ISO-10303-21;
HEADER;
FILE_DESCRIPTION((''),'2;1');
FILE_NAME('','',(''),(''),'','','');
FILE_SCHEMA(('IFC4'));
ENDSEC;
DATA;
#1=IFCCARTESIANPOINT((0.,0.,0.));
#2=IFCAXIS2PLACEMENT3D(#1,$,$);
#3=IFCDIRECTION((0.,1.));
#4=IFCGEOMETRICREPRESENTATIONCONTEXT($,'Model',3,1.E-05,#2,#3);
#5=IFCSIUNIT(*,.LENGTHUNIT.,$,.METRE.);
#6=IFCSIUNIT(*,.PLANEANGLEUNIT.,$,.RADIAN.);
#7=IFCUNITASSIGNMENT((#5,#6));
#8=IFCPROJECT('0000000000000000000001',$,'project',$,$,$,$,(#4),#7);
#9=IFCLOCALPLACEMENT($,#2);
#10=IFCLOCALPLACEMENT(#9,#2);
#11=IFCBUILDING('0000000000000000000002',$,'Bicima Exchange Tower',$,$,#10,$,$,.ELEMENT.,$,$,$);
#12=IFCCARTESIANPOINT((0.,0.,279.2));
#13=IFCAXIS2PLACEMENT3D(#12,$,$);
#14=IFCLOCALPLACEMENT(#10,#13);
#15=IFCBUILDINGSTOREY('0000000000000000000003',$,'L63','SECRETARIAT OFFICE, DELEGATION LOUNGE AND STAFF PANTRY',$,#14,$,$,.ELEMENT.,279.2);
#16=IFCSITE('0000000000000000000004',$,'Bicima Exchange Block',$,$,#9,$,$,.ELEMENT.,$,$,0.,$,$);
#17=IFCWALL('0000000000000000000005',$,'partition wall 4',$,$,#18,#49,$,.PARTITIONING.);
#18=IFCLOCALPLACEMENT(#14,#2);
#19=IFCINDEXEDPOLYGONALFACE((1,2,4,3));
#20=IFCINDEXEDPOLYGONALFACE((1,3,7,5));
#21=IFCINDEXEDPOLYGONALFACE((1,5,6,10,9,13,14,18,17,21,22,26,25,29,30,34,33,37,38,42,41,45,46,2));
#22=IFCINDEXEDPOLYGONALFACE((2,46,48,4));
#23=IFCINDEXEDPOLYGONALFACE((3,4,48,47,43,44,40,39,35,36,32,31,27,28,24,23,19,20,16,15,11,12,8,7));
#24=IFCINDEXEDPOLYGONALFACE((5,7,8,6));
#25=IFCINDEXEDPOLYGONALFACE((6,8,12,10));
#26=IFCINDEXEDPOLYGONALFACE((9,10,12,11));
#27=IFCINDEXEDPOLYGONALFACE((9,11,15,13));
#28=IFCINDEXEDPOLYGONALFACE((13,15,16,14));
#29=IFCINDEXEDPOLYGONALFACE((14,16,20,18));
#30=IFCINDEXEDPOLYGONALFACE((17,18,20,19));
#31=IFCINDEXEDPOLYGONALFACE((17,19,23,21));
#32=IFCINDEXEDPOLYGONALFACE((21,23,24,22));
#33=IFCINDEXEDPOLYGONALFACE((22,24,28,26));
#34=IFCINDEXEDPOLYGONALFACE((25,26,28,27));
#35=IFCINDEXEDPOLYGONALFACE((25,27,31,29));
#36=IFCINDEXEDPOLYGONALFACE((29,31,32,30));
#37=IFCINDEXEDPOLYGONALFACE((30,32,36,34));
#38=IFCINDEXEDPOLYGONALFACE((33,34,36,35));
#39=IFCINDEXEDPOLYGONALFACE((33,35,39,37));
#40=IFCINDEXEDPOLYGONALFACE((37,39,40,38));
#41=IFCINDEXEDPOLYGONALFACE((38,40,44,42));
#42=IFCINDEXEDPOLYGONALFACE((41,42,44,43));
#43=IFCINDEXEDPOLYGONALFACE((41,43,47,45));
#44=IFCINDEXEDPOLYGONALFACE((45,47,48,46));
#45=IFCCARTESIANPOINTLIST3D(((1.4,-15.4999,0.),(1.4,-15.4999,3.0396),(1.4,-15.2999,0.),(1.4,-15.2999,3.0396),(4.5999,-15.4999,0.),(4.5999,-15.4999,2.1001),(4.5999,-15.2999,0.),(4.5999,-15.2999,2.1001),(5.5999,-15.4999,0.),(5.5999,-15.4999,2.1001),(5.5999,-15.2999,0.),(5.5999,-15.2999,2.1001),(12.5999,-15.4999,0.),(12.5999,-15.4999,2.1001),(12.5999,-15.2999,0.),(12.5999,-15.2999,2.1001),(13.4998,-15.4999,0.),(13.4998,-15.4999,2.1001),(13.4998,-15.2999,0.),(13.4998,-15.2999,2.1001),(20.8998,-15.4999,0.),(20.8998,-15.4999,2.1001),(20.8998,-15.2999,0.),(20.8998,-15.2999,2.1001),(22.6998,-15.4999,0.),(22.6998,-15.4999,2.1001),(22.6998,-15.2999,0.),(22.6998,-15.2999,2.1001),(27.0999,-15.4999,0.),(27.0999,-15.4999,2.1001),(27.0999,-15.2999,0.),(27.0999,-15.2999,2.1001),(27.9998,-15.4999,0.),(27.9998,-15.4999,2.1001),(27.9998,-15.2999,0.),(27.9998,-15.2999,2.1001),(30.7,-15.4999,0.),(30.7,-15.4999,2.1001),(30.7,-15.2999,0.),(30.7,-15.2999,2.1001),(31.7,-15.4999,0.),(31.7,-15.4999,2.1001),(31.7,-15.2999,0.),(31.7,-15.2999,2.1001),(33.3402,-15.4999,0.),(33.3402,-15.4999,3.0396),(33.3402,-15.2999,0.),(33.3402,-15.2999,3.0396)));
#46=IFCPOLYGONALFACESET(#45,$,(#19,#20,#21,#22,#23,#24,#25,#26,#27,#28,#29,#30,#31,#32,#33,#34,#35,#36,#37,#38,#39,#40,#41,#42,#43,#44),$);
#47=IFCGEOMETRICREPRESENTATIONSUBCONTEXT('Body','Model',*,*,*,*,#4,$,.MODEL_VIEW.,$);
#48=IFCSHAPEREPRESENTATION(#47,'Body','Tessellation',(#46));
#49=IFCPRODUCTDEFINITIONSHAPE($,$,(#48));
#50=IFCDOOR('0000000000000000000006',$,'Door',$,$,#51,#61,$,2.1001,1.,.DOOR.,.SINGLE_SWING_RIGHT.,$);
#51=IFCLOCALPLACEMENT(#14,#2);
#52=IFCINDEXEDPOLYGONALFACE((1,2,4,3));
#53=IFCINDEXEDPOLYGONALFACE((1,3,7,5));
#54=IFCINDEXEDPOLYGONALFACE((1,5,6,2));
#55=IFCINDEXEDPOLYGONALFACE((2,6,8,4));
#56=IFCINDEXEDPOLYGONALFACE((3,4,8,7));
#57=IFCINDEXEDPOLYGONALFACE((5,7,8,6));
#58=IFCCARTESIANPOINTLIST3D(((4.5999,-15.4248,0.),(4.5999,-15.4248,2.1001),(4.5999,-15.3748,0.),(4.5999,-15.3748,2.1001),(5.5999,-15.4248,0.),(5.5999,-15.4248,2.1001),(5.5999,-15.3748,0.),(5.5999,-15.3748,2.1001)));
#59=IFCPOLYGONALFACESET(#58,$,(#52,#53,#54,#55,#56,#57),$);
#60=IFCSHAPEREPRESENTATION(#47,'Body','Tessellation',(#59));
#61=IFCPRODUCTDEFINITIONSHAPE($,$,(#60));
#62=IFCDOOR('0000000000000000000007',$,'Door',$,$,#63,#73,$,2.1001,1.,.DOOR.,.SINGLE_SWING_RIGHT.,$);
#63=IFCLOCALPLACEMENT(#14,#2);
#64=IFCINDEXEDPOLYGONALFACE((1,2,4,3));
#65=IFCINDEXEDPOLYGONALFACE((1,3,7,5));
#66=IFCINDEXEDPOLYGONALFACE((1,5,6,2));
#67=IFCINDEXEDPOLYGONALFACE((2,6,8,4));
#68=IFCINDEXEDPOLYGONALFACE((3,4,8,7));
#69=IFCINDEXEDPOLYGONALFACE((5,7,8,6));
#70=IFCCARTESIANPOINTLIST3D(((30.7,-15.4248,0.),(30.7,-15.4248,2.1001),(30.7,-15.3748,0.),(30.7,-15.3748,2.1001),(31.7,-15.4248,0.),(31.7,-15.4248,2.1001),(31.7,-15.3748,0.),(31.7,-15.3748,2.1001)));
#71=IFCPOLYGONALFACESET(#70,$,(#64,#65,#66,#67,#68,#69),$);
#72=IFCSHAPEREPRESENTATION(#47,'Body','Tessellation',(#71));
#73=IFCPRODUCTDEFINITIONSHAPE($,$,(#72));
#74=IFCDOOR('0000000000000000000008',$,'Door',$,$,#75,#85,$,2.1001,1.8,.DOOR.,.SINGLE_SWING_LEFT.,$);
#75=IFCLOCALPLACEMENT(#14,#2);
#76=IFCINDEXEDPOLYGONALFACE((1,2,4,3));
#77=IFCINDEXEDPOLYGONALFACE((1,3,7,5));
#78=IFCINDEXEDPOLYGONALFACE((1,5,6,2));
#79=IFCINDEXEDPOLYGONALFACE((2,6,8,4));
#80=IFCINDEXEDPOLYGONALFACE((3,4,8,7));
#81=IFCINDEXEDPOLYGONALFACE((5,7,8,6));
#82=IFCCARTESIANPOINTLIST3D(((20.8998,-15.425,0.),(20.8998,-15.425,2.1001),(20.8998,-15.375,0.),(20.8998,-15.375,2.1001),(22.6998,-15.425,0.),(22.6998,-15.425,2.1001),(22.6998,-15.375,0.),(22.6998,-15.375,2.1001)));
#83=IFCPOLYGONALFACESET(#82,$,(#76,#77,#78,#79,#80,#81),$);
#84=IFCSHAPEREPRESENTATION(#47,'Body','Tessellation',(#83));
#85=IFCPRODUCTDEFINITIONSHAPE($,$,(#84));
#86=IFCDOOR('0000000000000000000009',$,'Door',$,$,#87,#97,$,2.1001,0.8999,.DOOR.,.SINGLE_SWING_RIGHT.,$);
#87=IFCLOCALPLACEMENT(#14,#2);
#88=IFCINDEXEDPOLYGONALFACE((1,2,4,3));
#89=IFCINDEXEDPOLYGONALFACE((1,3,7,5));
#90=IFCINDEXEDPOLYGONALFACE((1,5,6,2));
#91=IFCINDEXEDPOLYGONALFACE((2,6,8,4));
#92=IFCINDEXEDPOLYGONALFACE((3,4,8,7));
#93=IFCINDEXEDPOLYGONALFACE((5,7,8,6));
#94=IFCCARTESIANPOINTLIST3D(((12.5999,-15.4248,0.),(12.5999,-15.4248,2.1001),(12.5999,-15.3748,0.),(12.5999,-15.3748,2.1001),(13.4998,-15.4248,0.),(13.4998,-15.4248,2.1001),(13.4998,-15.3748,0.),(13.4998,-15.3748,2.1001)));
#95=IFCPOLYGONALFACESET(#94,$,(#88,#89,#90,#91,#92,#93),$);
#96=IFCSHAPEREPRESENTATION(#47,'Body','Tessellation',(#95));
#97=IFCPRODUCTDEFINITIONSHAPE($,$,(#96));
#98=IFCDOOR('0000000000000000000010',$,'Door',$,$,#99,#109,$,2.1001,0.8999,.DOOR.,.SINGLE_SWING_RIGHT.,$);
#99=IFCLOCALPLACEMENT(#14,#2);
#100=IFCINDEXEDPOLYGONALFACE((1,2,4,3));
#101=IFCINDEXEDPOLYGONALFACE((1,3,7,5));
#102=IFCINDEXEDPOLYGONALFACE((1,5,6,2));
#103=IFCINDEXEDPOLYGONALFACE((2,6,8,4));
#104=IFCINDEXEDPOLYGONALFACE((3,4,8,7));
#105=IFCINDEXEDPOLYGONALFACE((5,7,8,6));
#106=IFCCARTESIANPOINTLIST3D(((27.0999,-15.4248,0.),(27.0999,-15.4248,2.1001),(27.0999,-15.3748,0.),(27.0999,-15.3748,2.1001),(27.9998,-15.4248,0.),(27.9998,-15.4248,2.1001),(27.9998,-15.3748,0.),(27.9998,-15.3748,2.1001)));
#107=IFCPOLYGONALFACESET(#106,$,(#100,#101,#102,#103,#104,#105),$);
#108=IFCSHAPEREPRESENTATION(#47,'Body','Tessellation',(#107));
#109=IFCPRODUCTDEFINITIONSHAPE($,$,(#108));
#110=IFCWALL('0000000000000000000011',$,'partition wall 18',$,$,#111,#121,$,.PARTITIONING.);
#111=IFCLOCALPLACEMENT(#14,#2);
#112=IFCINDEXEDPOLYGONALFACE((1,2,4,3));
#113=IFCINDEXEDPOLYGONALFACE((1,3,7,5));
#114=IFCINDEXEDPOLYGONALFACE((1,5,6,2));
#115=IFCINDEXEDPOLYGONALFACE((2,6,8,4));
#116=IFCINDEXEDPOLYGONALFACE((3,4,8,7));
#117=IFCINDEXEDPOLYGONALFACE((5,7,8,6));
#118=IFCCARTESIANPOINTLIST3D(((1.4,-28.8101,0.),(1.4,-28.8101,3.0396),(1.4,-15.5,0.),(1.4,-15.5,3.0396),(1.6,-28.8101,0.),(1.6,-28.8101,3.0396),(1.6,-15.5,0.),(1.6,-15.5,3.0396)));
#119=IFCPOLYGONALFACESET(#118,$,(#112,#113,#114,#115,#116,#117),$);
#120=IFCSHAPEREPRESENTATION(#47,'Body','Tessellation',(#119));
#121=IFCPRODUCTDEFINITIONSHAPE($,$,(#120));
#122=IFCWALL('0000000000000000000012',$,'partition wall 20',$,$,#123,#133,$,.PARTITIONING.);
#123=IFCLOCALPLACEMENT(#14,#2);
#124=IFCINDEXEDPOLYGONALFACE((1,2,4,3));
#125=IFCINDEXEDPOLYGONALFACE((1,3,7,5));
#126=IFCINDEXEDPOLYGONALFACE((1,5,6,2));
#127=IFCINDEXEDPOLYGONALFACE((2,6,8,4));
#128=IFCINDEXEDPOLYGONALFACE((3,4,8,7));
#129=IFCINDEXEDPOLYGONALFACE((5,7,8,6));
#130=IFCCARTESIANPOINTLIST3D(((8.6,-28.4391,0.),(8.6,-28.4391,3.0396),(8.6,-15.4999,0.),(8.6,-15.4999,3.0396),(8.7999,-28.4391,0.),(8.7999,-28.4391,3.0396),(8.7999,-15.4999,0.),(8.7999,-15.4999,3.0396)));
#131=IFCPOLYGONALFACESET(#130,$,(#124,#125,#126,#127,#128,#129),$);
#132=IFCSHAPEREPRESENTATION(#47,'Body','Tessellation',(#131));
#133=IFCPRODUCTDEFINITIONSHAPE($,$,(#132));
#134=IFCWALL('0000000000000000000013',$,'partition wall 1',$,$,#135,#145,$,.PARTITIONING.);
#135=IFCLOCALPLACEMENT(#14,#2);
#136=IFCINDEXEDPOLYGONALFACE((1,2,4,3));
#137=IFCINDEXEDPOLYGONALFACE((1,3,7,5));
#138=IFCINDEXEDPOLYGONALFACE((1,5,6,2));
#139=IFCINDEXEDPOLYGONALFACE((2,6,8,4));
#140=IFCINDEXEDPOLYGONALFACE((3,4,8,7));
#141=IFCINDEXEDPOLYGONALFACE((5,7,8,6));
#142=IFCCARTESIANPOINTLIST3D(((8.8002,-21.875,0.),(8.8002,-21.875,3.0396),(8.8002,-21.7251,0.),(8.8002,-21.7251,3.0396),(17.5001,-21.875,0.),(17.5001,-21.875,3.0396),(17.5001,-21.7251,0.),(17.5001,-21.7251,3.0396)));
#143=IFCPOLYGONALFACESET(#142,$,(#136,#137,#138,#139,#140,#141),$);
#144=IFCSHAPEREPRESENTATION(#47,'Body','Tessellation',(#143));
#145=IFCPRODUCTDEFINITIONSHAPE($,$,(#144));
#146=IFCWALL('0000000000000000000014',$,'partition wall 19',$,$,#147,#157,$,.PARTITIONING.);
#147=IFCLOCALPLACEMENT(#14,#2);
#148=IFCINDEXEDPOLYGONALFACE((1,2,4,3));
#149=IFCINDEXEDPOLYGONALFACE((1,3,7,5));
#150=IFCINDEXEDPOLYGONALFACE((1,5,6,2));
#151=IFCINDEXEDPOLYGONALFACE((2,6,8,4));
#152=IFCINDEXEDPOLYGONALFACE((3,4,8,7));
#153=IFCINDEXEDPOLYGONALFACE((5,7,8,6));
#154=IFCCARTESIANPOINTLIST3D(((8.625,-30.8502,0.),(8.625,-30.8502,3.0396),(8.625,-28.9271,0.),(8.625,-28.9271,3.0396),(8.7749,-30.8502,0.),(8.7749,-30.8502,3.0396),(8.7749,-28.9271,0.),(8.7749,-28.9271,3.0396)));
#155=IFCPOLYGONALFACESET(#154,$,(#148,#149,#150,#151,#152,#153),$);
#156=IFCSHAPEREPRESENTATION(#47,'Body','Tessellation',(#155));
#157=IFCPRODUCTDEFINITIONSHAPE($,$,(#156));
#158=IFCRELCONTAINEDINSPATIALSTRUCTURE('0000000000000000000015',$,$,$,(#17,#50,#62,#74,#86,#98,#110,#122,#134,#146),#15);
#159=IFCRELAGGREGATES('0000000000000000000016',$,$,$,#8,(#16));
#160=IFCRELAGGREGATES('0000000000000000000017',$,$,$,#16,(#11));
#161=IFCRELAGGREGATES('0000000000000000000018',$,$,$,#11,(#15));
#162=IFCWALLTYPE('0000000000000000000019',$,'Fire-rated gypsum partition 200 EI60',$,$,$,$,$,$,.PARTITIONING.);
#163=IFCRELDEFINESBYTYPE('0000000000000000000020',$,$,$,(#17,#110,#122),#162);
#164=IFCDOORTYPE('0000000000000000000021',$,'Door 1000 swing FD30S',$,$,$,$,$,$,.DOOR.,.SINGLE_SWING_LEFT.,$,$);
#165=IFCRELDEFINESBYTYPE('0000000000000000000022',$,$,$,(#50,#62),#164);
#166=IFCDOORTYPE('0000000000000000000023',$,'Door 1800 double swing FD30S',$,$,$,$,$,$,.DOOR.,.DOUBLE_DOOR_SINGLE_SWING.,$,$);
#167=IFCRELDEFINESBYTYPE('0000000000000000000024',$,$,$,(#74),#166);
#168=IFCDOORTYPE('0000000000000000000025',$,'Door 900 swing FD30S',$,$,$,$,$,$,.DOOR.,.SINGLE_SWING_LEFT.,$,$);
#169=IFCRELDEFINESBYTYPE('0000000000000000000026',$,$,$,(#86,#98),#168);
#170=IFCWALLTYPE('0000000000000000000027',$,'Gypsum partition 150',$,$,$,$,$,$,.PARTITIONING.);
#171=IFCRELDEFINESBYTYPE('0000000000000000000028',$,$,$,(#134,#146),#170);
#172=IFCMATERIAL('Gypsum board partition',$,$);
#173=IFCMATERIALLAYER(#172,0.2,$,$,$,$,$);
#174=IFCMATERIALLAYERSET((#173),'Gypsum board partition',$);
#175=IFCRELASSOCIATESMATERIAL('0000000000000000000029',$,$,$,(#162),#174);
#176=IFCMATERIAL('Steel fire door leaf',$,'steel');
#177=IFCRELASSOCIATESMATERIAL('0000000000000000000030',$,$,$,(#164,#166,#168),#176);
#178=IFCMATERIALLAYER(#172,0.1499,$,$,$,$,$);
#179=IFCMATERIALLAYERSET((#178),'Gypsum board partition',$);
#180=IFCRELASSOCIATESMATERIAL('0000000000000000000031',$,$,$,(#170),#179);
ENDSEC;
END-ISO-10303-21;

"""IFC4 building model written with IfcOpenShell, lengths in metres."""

from ifc_helpers import new_model, si_unit, direction, frame, frame_2d, origin, place, context, subcontext, project, spatial, rectangle, extrude, material, layer, layer_set, type_object, element, fill, save


model = new_model("IFC4")

# Units and contexts
model_context = context("Model", 3, precision=1e-05, world=origin(), true_north=direction((0.0, 1.0)))
body_context = subcontext(model_context, "Body", "Model", "MODEL_VIEW")
ifc_project = project(units=[si_unit("LENGTHUNIT", "METRE"), si_unit("PLANEANGLEUNIT", "RADIAN")], contexts=[model_context])

# Site, building, storey
site_placement = place(None, origin())
site = spatial("IfcSite", under=ifc_project, at=site_placement, Name="Bicima Exchange Block", CompositionType="ELEMENT", RefElevation=0.0)
building_placement = place(site_placement, origin())
building = spatial("IfcBuilding", under=site, at=building_placement, Name="Bicima Exchange Tower", CompositionType="ELEMENT")
storey_placement = place(building_placement, frame((0.0, 0.0, 279.2)))
storey = spatial("IfcBuildingStorey", under=building, at=storey_placement, Name="L63", Description="SECRETARIAT OFFICE, DELEGATION LOUNGE AND STAFF PANTRY", CompositionType="ELEMENT", Elevation=279.2)

# Wall, openings, doors
ifc_material_1 = material(Name="Gypsum board partition")
ifc_layer_1 = layer(ifc_material_1, 0.2)
ifc_layer_set_1 = layer_set([ifc_layer_1], Name="Gypsum board partition")
wall_type_1 = type_object("IfcWallType", Name="Fire-rated gypsum partition 200 EI60", PredefinedType="PARTITIONING", material=ifc_layer_set_1)
wall_1_placement = place(storey_placement, frame((1.3999, -15.3999, 0.0), z_axis=(0.0, 0.0, 1.0), x_axis=(1.0, 0.0, 0.0)))
wall_1 = element("IfcWall", 1, at=wall_1_placement, inside=storey, type_object=wall_type_1, Name="partition wall 4", PredefinedType="PARTITIONING", context=body_context, shape_type="SweptSolid", body=[
    extrude(rectangle(XDim=31.9402, YDim=0.2, at=frame_2d((15.9702, 0.0))), origin(), (0.0, 0.0, 1.0), 3.0396),
])
opening_1_placement = place(wall_1_placement, frame((3.2, 0.0, 0.0)))
opening_1 = element("IfcOpeningElement", 2, at=opening_1_placement, cuts=wall_1, PredefinedType="OPENING", context=body_context, shape_type="SweptSolid", body=[
    extrude(rectangle(XDim=1.0, YDim=2.1001, at=frame_2d((0.5, 1.05))), frame((0.0, 0.1118, 0.0), z_axis=(0.0, -1.0, 0.0), x_axis=(1.0, 0.0, 0.0)), (0.0, 0.0, 1.0), 0.2239),
])
opening_2_placement = place(wall_1_placement, frame((11.2, 0.0, 0.0)))
opening_2 = element("IfcOpeningElement", 3, at=opening_2_placement, cuts=wall_1, PredefinedType="OPENING", context=body_context, shape_type="SweptSolid", body=[
    extrude(rectangle(XDim=0.8999, YDim=2.1001, at=frame_2d((0.45, 1.05))), frame((0.0, 0.1118, 0.0), z_axis=(0.0, -1.0, 0.0), x_axis=(1.0, 0.0, 0.0)), (0.0, 0.0, 1.0), 0.2239),
])
opening_3_placement = place(wall_1_placement, frame((19.5, 0.0, 0.0)))
opening_3 = element("IfcOpeningElement", 4, at=opening_3_placement, cuts=wall_1, PredefinedType="OPENING", context=body_context, shape_type="SweptSolid", body=[
    extrude(rectangle(XDim=1.8, YDim=2.1001, at=frame_2d((0.8999, 1.05))), frame((0.0, 0.1118, 0.0), z_axis=(0.0, -1.0, 0.0), x_axis=(1.0, 0.0, 0.0)), (0.0, 0.0, 1.0), 0.2239),
])
opening_4_placement = place(wall_1_placement, frame((25.7, 0.0, 0.0)))
opening_4 = element("IfcOpeningElement", 5, at=opening_4_placement, cuts=wall_1, PredefinedType="OPENING", context=body_context, shape_type="SweptSolid", body=[
    extrude(rectangle(XDim=0.8999, YDim=2.1001, at=frame_2d((0.45, 1.05))), frame((0.0, 0.1118, 0.0), z_axis=(0.0, -1.0, 0.0), x_axis=(1.0, 0.0, 0.0)), (0.0, 0.0, 1.0), 0.2239),
])
opening_5_placement = place(wall_1_placement, frame((29.3, 0.0, 0.0)))
opening_5 = element("IfcOpeningElement", 6, at=opening_5_placement, cuts=wall_1, PredefinedType="OPENING", context=body_context, shape_type="SweptSolid", body=[
    extrude(rectangle(XDim=1.0, YDim=2.1001, at=frame_2d((0.5, 1.05))), frame((0.0, 0.1118, 0.0), z_axis=(0.0, -1.0, 0.0), x_axis=(1.0, 0.0, 0.0)), (0.0, 0.0, 1.0), 0.2239),
])
ifc_material_2 = material(Name="Steel fire door leaf", Category="steel")
door_type_1 = type_object("IfcDoorType", Name="Door 1000 swing FD30S", OperationType="SINGLE_SWING_LEFT", PredefinedType="DOOR", material=ifc_material_2)
door_1_placement = place(opening_1_placement, frame((1.0, 0.0, 0.0), z_axis=(0.0, 0.0, 1.0), x_axis=(-1.0, 0.0, 0.0)))
door_1 = element("IfcDoor", 7, at=door_1_placement, inside=storey, type_object=door_type_1, Name="Door", OperationType="SINGLE_SWING_RIGHT", OverallHeight=2.1001, OverallWidth=1.0, PredefinedType="DOOR", context=body_context, shape_type="SweptSolid", body=[
    extrude(rectangle(XDim=1.0, YDim=2.1001, at=frame_2d((0.5, 1.05))), frame((0.0, 0.0249, 0.0), z_axis=(0.0, -1.0, 0.0), x_axis=(1.0, 0.0, 0.0)), (0.0, 0.0, 1.0), 0.05),
])
fill(opening_1, door_1)
door_2_placement = place(opening_5_placement, frame((1.0, 0.0, 0.0), z_axis=(0.0, 0.0, 1.0), x_axis=(-1.0, 0.0, 0.0)))
door_2 = element("IfcDoor", 8, at=door_2_placement, inside=storey, type_object=door_type_1, Name="Door", OperationType="SINGLE_SWING_RIGHT", OverallHeight=2.1001, OverallWidth=1.0, PredefinedType="DOOR", context=body_context, shape_type="SweptSolid", body=[
    extrude(rectangle(XDim=1.0, YDim=2.1001, at=frame_2d((0.5, 1.05))), frame((0.0, 0.0249, 0.0), z_axis=(0.0, -1.0, 0.0), x_axis=(1.0, 0.0, 0.0)), (0.0, 0.0, 1.0), 0.05),
])
fill(opening_5, door_2)
door_type_2 = type_object("IfcDoorType", Name="Door 1800 double swing FD30S", OperationType="DOUBLE_DOOR_SINGLE_SWING", PredefinedType="DOOR", material=ifc_material_2)
door_3_placement = place(opening_3_placement, origin())
door_3 = element("IfcDoor", 9, at=door_3_placement, inside=storey, type_object=door_type_2, Name="Door", OperationType="SINGLE_SWING_LEFT", OverallHeight=2.1001, OverallWidth=1.8, PredefinedType="DOOR", context=body_context, shape_type="SweptSolid", body=[
    extrude(rectangle(XDim=1.8, YDim=2.1001, at=frame_2d((0.8999, 1.05))), frame((0.0, 0.0249, 0.0), z_axis=(0.0, -1.0, 0.0), x_axis=(1.0, 0.0, 0.0)), (0.0, 0.0, 1.0), 0.05),
])
fill(opening_3, door_3)
door_type_3 = type_object("IfcDoorType", Name="Door 900 swing FD30S", OperationType="SINGLE_SWING_LEFT", PredefinedType="DOOR", material=ifc_material_2)
door_4_placement = place(opening_2_placement, frame((0.8999, 0.0, 0.0), z_axis=(0.0, 0.0, 1.0), x_axis=(-1.0, 0.0, 0.0)))
door_4 = element("IfcDoor", 10, at=door_4_placement, inside=storey, type_object=door_type_3, Name="Door", OperationType="SINGLE_SWING_RIGHT", OverallHeight=2.1001, OverallWidth=0.8999, PredefinedType="DOOR", context=body_context, shape_type="SweptSolid", body=[
    extrude(rectangle(XDim=0.8999, YDim=2.1001, at=frame_2d((0.45, 1.05))), frame((0.0, 0.0249, 0.0), z_axis=(0.0, -1.0, 0.0), x_axis=(1.0, 0.0, 0.0)), (0.0, 0.0, 1.0), 0.05),
])
fill(opening_2, door_4)
door_5_placement = place(opening_4_placement, frame((0.8999, 0.0, 0.0), z_axis=(0.0, 0.0, 1.0), x_axis=(-1.0, 0.0, 0.0)))
door_5 = element("IfcDoor", 11, at=door_5_placement, inside=storey, type_object=door_type_3, Name="Door", OperationType="SINGLE_SWING_RIGHT", OverallHeight=2.1001, OverallWidth=0.8999, PredefinedType="DOOR", context=body_context, shape_type="SweptSolid", body=[
    extrude(rectangle(XDim=0.8999, YDim=2.1001, at=frame_2d((0.45, 1.05))), frame((0.0, 0.0249, 0.0), z_axis=(0.0, -1.0, 0.0), x_axis=(1.0, 0.0, 0.0)), (0.0, 0.0, 1.0), 0.05),
])
fill(opening_4, door_5)

# Walls
wall_2_placement = place(storey_placement, frame((1.5, -28.8101, 0.0), z_axis=(0.0, 0.0, 1.0), x_axis=(0.0, 1.0, 0.0)))
element("IfcWall", 12, at=wall_2_placement, inside=storey, type_object=wall_type_1, Name="partition wall 18", PredefinedType="PARTITIONING", context=body_context, shape_type="SweptSolid", body=[
    extrude(rectangle(XDim=13.3101, YDim=0.2, at=frame_2d((6.655, 0.0))), origin(), (0.0, 0.0, 1.0), 3.0396),
])
wall_3_placement = place(storey_placement, frame((8.7, -28.4392, 0.0), z_axis=(0.0, 0.0, 1.0), x_axis=(0.0, 1.0, 0.0)))
element("IfcWall", 13, at=wall_3_placement, inside=storey, type_object=wall_type_1, Name="partition wall 20", PredefinedType="PARTITIONING", context=body_context, shape_type="SweptSolid", body=[
    extrude(rectangle(XDim=12.9392, YDim=0.2, at=frame_2d((6.4697, 0.0))), origin(), (0.0, 0.0, 1.0), 3.0396),
])
ifc_layer_2 = layer(ifc_material_1, 0.1499)
ifc_layer_set_2 = layer_set([ifc_layer_2], Name="Gypsum board partition")
wall_type_2 = type_object("IfcWallType", Name="Gypsum partition 150", PredefinedType="PARTITIONING", material=ifc_layer_set_2)
wall_4_placement = place(storey_placement, frame((8.8, -21.8, 0.0), z_axis=(0.0, 0.0, 1.0), x_axis=(1.0, 0.0, 0.0)))
element("IfcWall", 14, at=wall_4_placement, inside=storey, type_object=wall_type_2, Name="partition wall 1", PredefinedType="PARTITIONING", context=body_context, shape_type="SweptSolid", body=[
    extrude(rectangle(XDim=8.7, YDim=0.1499, at=frame_2d((4.3501, 0.0))), origin(), (0.0, 0.0, 1.0), 3.0396),
])
wall_5_placement = place(storey_placement, frame((8.7, -30.8501, 0.0), z_axis=(0.0, 0.0, 1.0), x_axis=(0.0, 1.0, 0.0)))
element("IfcWall", 15, at=wall_5_placement, inside=storey, type_object=wall_type_2, Name="partition wall 19", PredefinedType="PARTITIONING", context=body_context, shape_type="SweptSolid", body=[
    extrude(rectangle(XDim=1.9231, YDim=0.1499, at=frame_2d((0.9614, 0.0))), origin(), (0.0, 0.0, 1.0), 3.0396),
])

save(model, "model.ifc")
